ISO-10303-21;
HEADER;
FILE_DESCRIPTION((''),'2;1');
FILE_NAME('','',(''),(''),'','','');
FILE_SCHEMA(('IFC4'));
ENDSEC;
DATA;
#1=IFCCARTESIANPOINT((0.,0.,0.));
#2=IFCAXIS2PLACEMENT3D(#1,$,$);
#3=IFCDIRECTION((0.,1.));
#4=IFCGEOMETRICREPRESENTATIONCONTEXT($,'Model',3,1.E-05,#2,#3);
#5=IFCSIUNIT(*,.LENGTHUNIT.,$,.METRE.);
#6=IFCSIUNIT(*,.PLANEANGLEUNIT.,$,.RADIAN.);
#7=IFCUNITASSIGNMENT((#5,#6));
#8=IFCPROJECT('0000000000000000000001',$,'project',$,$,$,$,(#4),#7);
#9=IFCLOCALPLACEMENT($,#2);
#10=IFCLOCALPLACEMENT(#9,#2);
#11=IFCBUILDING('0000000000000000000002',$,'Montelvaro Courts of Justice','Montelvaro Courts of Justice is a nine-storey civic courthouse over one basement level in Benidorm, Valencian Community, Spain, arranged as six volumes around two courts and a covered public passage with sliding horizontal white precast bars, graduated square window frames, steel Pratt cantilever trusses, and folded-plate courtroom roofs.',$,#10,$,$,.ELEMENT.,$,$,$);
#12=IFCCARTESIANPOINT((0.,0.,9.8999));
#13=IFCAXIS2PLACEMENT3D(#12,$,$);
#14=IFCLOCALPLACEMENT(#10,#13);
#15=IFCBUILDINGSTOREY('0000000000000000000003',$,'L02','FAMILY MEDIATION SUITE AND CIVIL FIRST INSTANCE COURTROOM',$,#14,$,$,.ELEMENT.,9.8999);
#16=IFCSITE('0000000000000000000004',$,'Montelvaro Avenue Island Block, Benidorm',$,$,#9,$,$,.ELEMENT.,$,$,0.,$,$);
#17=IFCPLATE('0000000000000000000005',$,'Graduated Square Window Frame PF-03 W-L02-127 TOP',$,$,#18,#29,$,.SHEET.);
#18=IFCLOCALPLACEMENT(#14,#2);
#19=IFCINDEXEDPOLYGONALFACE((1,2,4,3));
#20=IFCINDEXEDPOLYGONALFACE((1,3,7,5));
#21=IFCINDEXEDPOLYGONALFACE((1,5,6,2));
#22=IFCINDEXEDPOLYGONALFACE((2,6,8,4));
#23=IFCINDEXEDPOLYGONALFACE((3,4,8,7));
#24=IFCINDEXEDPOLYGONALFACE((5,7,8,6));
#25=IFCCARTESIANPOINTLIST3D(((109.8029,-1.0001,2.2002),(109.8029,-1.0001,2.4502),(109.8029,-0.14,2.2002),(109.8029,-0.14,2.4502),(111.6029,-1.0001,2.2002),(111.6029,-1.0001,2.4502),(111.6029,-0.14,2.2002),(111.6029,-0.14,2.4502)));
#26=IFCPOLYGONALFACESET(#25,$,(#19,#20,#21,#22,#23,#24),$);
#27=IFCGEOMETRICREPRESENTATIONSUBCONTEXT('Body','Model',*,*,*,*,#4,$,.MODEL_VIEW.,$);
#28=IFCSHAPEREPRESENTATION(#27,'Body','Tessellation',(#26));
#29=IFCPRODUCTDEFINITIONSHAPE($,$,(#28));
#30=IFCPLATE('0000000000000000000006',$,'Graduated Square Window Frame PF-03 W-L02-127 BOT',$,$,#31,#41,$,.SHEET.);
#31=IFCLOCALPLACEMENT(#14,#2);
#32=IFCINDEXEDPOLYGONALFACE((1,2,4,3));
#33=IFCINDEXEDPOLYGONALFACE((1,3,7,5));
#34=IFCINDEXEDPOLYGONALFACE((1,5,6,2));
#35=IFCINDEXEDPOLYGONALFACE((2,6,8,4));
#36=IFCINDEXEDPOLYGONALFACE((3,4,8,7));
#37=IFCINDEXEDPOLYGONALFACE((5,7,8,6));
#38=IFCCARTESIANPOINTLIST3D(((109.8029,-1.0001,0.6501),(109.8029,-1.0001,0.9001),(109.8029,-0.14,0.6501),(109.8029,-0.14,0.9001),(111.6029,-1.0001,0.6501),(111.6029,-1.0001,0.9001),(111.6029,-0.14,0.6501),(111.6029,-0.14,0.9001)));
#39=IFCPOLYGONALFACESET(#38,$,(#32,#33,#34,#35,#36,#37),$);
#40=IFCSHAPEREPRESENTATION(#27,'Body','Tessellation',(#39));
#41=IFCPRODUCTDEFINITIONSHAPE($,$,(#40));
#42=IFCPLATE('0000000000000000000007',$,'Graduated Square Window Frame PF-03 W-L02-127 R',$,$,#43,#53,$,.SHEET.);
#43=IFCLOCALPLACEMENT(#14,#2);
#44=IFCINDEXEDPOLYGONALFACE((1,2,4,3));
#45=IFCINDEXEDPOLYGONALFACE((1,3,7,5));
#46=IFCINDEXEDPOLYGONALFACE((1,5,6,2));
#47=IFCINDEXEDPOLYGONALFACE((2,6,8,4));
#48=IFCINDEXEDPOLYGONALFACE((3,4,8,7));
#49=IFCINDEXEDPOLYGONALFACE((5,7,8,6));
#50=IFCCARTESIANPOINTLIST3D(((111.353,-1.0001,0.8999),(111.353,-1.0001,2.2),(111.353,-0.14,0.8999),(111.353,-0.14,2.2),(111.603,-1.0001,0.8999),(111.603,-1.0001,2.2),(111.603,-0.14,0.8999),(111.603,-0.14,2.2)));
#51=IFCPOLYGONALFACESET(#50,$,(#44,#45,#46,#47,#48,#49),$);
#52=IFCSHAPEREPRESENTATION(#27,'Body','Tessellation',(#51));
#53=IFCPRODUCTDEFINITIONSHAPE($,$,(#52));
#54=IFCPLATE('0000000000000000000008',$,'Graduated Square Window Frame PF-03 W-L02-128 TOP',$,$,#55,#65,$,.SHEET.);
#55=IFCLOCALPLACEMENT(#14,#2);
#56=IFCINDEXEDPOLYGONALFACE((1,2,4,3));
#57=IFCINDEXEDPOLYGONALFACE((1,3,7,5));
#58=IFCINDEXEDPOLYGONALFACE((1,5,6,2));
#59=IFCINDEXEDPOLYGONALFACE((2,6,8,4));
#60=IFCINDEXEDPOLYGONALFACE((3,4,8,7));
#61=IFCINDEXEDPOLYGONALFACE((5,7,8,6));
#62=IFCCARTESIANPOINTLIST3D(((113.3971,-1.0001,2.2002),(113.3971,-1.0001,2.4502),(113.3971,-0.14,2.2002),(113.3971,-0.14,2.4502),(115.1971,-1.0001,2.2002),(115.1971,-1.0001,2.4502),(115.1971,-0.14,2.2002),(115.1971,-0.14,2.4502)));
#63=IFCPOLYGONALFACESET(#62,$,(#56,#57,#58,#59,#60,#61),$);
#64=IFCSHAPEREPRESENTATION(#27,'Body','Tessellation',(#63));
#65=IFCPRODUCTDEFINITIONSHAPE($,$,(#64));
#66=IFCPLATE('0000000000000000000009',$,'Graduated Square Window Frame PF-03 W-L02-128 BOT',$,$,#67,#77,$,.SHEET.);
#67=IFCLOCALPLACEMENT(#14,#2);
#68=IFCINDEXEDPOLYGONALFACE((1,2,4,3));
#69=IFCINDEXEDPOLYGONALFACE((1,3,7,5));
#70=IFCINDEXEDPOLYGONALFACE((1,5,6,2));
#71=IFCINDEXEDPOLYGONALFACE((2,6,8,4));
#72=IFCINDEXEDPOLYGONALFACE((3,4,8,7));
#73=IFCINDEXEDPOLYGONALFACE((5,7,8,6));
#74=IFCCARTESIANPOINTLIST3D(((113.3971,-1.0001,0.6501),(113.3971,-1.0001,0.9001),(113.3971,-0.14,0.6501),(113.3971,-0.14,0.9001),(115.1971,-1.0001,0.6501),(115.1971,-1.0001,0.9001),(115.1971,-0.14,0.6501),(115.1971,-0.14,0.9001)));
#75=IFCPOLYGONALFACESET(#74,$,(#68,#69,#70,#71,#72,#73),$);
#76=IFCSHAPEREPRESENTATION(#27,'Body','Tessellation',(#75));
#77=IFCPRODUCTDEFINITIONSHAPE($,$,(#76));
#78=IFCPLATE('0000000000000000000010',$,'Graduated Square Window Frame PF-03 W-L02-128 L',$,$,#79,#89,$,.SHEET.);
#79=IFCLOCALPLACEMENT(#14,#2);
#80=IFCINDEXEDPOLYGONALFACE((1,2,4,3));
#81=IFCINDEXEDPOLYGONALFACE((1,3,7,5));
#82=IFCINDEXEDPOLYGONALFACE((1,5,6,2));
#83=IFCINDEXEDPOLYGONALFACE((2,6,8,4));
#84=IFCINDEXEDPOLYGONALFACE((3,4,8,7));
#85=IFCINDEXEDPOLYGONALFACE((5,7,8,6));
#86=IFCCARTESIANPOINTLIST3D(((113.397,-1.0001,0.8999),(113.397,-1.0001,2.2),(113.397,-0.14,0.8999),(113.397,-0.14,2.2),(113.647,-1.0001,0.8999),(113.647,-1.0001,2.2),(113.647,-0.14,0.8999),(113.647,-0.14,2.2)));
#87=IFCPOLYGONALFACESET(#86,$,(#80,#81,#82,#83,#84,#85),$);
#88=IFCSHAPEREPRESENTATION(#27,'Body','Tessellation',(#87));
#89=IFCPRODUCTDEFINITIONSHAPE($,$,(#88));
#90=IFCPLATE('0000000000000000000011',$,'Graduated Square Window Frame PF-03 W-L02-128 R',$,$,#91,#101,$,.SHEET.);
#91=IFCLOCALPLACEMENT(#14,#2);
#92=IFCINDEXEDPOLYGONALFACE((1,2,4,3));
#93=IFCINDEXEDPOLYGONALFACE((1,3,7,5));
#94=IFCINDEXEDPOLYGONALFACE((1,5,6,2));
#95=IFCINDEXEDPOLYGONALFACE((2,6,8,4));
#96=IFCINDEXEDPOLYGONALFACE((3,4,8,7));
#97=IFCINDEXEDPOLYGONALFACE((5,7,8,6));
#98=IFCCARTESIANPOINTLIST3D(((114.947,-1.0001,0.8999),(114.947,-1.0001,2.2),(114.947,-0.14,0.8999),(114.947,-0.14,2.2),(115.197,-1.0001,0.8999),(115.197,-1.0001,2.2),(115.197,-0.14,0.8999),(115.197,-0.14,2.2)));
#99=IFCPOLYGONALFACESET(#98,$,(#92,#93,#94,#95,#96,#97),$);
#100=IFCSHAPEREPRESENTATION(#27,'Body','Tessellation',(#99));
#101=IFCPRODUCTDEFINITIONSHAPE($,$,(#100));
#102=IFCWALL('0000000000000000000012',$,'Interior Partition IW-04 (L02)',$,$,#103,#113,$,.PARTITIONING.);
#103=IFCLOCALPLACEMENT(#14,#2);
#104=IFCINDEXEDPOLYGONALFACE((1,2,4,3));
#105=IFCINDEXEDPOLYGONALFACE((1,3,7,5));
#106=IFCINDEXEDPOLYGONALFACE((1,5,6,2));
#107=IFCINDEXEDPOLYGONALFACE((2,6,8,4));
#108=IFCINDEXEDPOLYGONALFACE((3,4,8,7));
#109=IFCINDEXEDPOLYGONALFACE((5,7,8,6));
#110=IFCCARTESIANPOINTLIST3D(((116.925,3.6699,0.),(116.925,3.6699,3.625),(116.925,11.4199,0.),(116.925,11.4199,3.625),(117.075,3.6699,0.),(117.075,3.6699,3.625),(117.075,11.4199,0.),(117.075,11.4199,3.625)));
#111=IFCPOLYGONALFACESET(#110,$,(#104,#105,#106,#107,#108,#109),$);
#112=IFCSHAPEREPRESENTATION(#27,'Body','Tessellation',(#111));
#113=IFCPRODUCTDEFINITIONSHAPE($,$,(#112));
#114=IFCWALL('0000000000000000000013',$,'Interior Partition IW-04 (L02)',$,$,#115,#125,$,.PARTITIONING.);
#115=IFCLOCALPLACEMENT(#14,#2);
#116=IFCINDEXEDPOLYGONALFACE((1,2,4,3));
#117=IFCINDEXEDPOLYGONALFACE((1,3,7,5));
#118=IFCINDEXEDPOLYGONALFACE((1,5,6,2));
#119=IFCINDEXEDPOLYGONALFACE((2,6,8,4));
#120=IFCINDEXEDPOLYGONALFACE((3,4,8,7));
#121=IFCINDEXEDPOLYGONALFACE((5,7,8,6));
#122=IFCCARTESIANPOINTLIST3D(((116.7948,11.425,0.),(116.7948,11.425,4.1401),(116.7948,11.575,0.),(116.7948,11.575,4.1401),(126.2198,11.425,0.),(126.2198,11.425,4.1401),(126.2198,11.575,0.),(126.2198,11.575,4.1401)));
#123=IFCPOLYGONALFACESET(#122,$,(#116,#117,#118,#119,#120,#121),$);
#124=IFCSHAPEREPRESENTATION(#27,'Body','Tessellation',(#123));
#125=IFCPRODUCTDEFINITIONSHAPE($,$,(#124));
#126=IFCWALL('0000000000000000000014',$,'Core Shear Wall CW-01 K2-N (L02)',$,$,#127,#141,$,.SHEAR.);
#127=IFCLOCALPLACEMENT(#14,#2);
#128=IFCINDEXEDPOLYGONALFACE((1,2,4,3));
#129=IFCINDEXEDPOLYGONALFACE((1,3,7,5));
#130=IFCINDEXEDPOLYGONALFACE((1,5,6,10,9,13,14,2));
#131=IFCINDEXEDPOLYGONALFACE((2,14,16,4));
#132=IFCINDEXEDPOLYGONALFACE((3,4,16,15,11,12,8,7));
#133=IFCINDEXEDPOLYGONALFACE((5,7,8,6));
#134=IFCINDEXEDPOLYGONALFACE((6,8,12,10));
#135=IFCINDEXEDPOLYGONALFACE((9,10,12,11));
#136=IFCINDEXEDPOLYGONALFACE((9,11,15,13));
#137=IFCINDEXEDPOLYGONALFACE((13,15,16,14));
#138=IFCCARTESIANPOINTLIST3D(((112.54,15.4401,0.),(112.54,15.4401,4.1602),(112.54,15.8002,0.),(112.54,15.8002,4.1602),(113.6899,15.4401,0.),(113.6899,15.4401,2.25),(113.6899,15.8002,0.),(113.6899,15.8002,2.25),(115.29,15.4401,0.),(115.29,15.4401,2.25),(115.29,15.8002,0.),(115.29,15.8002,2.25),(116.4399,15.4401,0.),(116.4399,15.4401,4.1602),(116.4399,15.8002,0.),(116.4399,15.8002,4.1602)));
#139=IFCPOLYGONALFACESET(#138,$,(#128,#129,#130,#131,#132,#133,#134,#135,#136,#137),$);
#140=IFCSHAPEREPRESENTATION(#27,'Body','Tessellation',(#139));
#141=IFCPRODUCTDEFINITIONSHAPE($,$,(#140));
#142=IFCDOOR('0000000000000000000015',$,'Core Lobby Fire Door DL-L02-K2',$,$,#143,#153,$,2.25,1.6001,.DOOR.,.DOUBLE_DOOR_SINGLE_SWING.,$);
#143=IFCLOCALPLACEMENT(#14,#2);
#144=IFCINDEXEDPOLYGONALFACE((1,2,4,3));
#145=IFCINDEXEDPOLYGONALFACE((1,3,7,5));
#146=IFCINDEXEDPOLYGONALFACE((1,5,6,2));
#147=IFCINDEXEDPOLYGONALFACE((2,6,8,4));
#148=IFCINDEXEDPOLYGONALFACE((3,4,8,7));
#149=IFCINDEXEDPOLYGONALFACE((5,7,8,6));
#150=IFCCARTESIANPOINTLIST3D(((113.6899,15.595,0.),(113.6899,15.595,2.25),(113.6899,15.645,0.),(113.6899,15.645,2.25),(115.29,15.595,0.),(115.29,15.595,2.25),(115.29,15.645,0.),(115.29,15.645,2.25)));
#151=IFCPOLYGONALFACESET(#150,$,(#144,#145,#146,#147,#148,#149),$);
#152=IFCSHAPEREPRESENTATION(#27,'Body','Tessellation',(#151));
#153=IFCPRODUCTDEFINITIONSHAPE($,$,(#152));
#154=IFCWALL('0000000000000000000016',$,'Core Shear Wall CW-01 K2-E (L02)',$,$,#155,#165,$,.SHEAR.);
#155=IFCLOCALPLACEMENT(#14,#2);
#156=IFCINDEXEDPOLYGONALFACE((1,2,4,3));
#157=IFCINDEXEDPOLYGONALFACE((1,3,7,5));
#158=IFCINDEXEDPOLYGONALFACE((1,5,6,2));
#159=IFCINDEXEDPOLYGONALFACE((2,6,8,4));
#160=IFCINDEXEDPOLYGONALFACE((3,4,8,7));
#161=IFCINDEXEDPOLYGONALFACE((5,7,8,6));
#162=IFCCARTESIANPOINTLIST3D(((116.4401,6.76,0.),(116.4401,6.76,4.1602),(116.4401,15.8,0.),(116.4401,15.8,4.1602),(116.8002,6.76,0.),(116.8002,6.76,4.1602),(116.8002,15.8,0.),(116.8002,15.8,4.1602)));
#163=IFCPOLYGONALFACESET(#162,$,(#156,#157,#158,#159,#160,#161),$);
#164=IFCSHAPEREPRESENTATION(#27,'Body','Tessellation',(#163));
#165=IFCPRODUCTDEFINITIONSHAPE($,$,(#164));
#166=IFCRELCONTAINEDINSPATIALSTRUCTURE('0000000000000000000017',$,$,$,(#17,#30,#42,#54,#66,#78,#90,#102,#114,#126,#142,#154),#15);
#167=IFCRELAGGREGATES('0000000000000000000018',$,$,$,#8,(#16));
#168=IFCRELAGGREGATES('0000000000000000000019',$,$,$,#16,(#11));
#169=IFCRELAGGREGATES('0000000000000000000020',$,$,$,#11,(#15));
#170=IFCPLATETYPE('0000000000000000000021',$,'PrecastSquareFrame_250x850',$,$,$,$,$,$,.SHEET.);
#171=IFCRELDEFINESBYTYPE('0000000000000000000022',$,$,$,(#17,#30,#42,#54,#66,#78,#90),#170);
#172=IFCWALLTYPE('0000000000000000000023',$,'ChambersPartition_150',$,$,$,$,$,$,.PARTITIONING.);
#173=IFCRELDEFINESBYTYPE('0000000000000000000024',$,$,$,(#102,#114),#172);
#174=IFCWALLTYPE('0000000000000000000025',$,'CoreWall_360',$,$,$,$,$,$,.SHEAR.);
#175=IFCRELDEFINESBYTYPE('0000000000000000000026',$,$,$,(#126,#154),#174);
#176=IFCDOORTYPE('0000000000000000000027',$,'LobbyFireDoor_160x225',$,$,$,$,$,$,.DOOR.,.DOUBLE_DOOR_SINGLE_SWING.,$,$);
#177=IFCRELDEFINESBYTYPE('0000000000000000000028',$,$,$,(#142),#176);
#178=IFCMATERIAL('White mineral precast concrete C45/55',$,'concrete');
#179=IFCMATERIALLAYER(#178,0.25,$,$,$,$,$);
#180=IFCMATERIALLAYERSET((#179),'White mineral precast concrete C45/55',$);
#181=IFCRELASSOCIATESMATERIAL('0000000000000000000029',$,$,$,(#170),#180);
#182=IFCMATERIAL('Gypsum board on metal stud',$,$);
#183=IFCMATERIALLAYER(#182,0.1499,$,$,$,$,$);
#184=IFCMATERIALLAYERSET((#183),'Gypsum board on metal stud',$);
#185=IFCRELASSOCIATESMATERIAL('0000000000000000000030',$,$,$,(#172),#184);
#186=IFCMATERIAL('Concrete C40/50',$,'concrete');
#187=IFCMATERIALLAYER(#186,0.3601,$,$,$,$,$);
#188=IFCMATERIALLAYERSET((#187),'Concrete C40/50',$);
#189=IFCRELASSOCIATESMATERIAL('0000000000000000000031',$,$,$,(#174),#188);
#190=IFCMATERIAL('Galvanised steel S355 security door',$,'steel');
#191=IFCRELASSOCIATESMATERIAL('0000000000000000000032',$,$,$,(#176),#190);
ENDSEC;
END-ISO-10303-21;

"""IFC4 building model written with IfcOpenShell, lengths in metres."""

from ifc_helpers import new_model, si_unit, direction, frame, frame_2d, origin, origin_2d, place, context, subcontext, project, spatial, rectangle, extrude, material, layer, layer_set, type_object, element, fill, save


model = new_model("IFC4")

# Units and contexts
model_context = context("Model", 3, precision=1e-05, world=origin(), true_north=direction((0.0, 1.0)))
body_context = subcontext(model_context, "Body", "Model", "MODEL_VIEW")
ifc_project = project(units=[si_unit("LENGTHUNIT", "METRE"), si_unit("PLANEANGLEUNIT", "RADIAN")], contexts=[model_context])

# Site, building, storey
site_placement = place(None, origin())
site = spatial("IfcSite", under=ifc_project, at=site_placement, Name="Montelvaro Avenue Island Block, Benidorm", CompositionType="ELEMENT", RefElevation=0.0)
building_placement = place(site_placement, origin())
building = spatial("IfcBuilding", under=site, at=building_placement, Name="Montelvaro Courts of Justice", Description="Montelvaro Courts of Justice is a nine-storey civic courthouse over one basement level in Benidorm, Valencian Community, Spain, arranged as six volumes around two courts and a covered public passage with sliding horizontal white precast bars, graduated square window frames, steel Pratt cantilever trusses, and folded-plate courtroom roofs.", CompositionType="ELEMENT")
storey_placement = place(building_placement, frame((0.0, 0.0, 9.8999)))
storey = spatial("IfcBuildingStorey", under=building, at=storey_placement, Name="L02", Description="FAMILY MEDIATION SUITE AND CIVIL FIRST INSTANCE COURTROOM", CompositionType="ELEMENT", Elevation=9.8999)

# Plates
ifc_material_1 = material(Name="White mineral precast concrete C45/55", Category="concrete")
ifc_layer_1 = layer(ifc_material_1, 0.25)
ifc_layer_set_1 = layer_set([ifc_layer_1], Name="White mineral precast concrete C45/55")
plate_type = type_object("IfcPlateType", Name="PrecastSquareFrame_250x850", PredefinedType="SHEET", material=ifc_layer_set_1)
for number, where, z_axis, x_axis, name in (
    (1, (110.7029, -0.5701, 2.2002), (0.0, 0.0, 1.0), (1.0, 0.0, 0.0), "Graduated Square Window Frame PF-03 W-L02-127 TOP"),
    (2, (110.7029, -0.5701, 0.6501), (0.0, 0.0, 1.0), (1.0, 0.0, 0.0), "Graduated Square Window Frame PF-03 W-L02-127 BOT"),
):
    element("IfcPlate", number, at=place(storey_placement, frame(where, z_axis=z_axis, x_axis=x_axis)), inside=storey, type_object=plate_type, Name=name, PredefinedType="SHEET", context=body_context, shape_type="SweptSolid", body=[
        extrude(rectangle(XDim=1.8, YDim=0.8601, at=origin_2d()), origin(), (0.0, 0.0, 1.0), 0.25),
    ])
plate_placement = place(storey_placement, frame((111.478, -0.5701, 0.8999), z_axis=(0.0, 0.0, 1.0), x_axis=(1.0, 0.0, 0.0)))
element("IfcPlate", 3, at=plate_placement, inside=storey, type_object=plate_type, Name="Graduated Square Window Frame PF-03 W-L02-127 R", PredefinedType="SHEET", context=body_context, shape_type="SweptSolid", body=[
    extrude(rectangle(XDim=0.25, YDim=0.8601, at=origin_2d()), origin(), (0.0, 0.0, 1.0), 1.3),
])
for number, where, z_axis, x_axis, name in (
    (4, (114.2971, -0.5701, 2.2002), (0.0, 0.0, 1.0), (1.0, 0.0, 0.0), "Graduated Square Window Frame PF-03 W-L02-128 TOP"),
    (5, (114.2971, -0.5701, 0.6501), (0.0, 0.0, 1.0), (1.0, 0.0, 0.0), "Graduated Square Window Frame PF-03 W-L02-128 BOT"),
):
    element("IfcPlate", number, at=place(storey_placement, frame(where, z_axis=z_axis, x_axis=x_axis)), inside=storey, type_object=plate_type, Name=name, PredefinedType="SHEET", context=body_context, shape_type="SweptSolid", body=[
        extrude(rectangle(XDim=1.8, YDim=0.8601, at=origin_2d()), origin(), (0.0, 0.0, 1.0), 0.25),
    ])
for number, where, z_axis, x_axis, name in (
    (6, (113.522, -0.5701, 0.8999), (0.0, 0.0, 1.0), (1.0, 0.0, 0.0), "Graduated Square Window Frame PF-03 W-L02-128 L"),
    (7, (115.072, -0.5701, 0.8999), (0.0, 0.0, 1.0), (1.0, 0.0, 0.0), "Graduated Square Window Frame PF-03 W-L02-128 R"),
):
    element("IfcPlate", number, at=place(storey_placement, frame(where, z_axis=z_axis, x_axis=x_axis)), inside=storey, type_object=plate_type, Name=name, PredefinedType="SHEET", context=body_context, shape_type="SweptSolid", body=[
        extrude(rectangle(XDim=0.25, YDim=0.8601, at=origin_2d()), origin(), (0.0, 0.0, 1.0), 1.3),
    ])

# Walls
ifc_material_2 = material(Name="Gypsum board on metal stud")
ifc_layer_2 = layer(ifc_material_2, 0.1499)
ifc_layer_set_2 = layer_set([ifc_layer_2], Name="Gypsum board on metal stud")
wall_type_1 = type_object("IfcWallType", Name="ChambersPartition_150", PredefinedType="PARTITIONING", material=ifc_layer_set_2)
wall_1_placement = place(storey_placement, frame((117.0, 3.6699, 0.0), z_axis=(0.0, 0.0, 1.0), x_axis=(0.0, 1.0, 0.0)))
element("IfcWall", 8, at=wall_1_placement, inside=storey, type_object=wall_type_1, Name="Interior Partition IW-04 (L02)", PredefinedType="PARTITIONING", context=body_context, shape_type="SweptSolid", body=[
    extrude(rectangle(XDim=7.75, YDim=0.1499, at=frame_2d((3.875, 0.0))), origin(), (0.0, 0.0, 1.0), 3.625),
])
wall_2_placement = place(storey_placement, frame((116.7949, 11.5, 0.0), z_axis=(0.0, 0.0, 1.0), x_axis=(1.0, 0.0, 0.0)))
element("IfcWall", 9, at=wall_2_placement, inside=storey, type_object=wall_type_1, Name="Interior Partition IW-04 (L02)", PredefinedType="PARTITIONING", context=body_context, shape_type="SweptSolid", body=[
    extrude(rectangle(XDim=9.425, YDim=0.1499, at=frame_2d((4.7124, 0.0))), origin(), (0.0, 0.0, 1.0), 4.1401),
])

# Wall, opening, door
ifc_material_3 = material(Name="Concrete C40/50", Category="concrete")
ifc_layer_3 = layer(ifc_material_3, 0.3601)
ifc_layer_set_3 = layer_set([ifc_layer_3], Name="Concrete C40/50")
wall_type_2 = type_object("IfcWallType", Name="CoreWall_360", PredefinedType="SHEAR", material=ifc_layer_set_3)
wall_3_placement = place(storey_placement, frame((112.54, 15.6201, 0.0), z_axis=(0.0, 0.0, 1.0), x_axis=(1.0, 0.0, 0.0)))
wall_3 = element("IfcWall", 10, at=wall_3_placement, inside=storey, type_object=wall_type_2, Name="Core Shear Wall CW-01 K2-N (L02)", PredefinedType="SHEAR", context=body_context, shape_type="SweptSolid", body=[
    extrude(rectangle(XDim=3.8999, YDim=0.3601, at=frame_2d((1.95, 0.0))), origin(), (0.0, 0.0, 1.0), 4.1602),
])
opening_1_placement = place(wall_3_placement, frame((1.1499, 0.0, 0.0)))
opening_1 = element("IfcOpeningElement", 11, at=opening_1_placement, cuts=wall_3, PredefinedType="OPENING", context=body_context, shape_type="SweptSolid", body=[
    extrude(rectangle(XDim=1.6001, YDim=2.25, at=frame_2d((0.8, 1.125))), frame((0.0, 0.1948, 0.0), z_axis=(0.0, -1.0, 0.0), x_axis=(1.0, 0.0, 0.0)), (0.0, 0.0, 1.0), 0.3899),
])
ifc_material_4 = material(Name="Galvanised steel S355 security door", Category="steel")
door_type_1 = type_object("IfcDoorType", Name="LobbyFireDoor_160x225", OperationType="DOUBLE_DOOR_SINGLE_SWING", PredefinedType="DOOR", material=ifc_material_4)
door_1_placement = place(opening_1_placement, origin())
door_1 = element("IfcDoor", 12, at=door_1_placement, inside=storey, type_object=door_type_1, Name="Core Lobby Fire Door DL-L02-K2", OperationType="DOUBLE_DOOR_SINGLE_SWING", OverallHeight=2.25, OverallWidth=1.6001, PredefinedType="DOOR", context=body_context, shape_type="SweptSolid", body=[
    extrude(rectangle(XDim=1.6001, YDim=2.25, at=frame_2d((0.8, 1.125))), frame((0.0, 0.0249, 0.0), z_axis=(0.0, -1.0, 0.0), x_axis=(1.0, 0.0, 0.0)), (0.0, 0.0, 1.0), 0.05),
])
fill(opening_1, door_1)

# Wall
wall_4_placement = place(storey_placement, frame((116.6201, 6.76, 0.0), z_axis=(0.0, 0.0, 1.0), x_axis=(0.0, 1.0, 0.0)))
element("IfcWall", 13, at=wall_4_placement, inside=storey, type_object=wall_type_2, Name="Core Shear Wall CW-01 K2-E (L02)", PredefinedType="SHEAR", context=body_context, shape_type="SweptSolid", body=[
    extrude(rectangle(XDim=9.04, YDim=0.3601, at=frame_2d((4.52, 0.0))), origin(), (0.0, 0.0, 1.0), 4.1602),
])

save(model, "model.ifc")
